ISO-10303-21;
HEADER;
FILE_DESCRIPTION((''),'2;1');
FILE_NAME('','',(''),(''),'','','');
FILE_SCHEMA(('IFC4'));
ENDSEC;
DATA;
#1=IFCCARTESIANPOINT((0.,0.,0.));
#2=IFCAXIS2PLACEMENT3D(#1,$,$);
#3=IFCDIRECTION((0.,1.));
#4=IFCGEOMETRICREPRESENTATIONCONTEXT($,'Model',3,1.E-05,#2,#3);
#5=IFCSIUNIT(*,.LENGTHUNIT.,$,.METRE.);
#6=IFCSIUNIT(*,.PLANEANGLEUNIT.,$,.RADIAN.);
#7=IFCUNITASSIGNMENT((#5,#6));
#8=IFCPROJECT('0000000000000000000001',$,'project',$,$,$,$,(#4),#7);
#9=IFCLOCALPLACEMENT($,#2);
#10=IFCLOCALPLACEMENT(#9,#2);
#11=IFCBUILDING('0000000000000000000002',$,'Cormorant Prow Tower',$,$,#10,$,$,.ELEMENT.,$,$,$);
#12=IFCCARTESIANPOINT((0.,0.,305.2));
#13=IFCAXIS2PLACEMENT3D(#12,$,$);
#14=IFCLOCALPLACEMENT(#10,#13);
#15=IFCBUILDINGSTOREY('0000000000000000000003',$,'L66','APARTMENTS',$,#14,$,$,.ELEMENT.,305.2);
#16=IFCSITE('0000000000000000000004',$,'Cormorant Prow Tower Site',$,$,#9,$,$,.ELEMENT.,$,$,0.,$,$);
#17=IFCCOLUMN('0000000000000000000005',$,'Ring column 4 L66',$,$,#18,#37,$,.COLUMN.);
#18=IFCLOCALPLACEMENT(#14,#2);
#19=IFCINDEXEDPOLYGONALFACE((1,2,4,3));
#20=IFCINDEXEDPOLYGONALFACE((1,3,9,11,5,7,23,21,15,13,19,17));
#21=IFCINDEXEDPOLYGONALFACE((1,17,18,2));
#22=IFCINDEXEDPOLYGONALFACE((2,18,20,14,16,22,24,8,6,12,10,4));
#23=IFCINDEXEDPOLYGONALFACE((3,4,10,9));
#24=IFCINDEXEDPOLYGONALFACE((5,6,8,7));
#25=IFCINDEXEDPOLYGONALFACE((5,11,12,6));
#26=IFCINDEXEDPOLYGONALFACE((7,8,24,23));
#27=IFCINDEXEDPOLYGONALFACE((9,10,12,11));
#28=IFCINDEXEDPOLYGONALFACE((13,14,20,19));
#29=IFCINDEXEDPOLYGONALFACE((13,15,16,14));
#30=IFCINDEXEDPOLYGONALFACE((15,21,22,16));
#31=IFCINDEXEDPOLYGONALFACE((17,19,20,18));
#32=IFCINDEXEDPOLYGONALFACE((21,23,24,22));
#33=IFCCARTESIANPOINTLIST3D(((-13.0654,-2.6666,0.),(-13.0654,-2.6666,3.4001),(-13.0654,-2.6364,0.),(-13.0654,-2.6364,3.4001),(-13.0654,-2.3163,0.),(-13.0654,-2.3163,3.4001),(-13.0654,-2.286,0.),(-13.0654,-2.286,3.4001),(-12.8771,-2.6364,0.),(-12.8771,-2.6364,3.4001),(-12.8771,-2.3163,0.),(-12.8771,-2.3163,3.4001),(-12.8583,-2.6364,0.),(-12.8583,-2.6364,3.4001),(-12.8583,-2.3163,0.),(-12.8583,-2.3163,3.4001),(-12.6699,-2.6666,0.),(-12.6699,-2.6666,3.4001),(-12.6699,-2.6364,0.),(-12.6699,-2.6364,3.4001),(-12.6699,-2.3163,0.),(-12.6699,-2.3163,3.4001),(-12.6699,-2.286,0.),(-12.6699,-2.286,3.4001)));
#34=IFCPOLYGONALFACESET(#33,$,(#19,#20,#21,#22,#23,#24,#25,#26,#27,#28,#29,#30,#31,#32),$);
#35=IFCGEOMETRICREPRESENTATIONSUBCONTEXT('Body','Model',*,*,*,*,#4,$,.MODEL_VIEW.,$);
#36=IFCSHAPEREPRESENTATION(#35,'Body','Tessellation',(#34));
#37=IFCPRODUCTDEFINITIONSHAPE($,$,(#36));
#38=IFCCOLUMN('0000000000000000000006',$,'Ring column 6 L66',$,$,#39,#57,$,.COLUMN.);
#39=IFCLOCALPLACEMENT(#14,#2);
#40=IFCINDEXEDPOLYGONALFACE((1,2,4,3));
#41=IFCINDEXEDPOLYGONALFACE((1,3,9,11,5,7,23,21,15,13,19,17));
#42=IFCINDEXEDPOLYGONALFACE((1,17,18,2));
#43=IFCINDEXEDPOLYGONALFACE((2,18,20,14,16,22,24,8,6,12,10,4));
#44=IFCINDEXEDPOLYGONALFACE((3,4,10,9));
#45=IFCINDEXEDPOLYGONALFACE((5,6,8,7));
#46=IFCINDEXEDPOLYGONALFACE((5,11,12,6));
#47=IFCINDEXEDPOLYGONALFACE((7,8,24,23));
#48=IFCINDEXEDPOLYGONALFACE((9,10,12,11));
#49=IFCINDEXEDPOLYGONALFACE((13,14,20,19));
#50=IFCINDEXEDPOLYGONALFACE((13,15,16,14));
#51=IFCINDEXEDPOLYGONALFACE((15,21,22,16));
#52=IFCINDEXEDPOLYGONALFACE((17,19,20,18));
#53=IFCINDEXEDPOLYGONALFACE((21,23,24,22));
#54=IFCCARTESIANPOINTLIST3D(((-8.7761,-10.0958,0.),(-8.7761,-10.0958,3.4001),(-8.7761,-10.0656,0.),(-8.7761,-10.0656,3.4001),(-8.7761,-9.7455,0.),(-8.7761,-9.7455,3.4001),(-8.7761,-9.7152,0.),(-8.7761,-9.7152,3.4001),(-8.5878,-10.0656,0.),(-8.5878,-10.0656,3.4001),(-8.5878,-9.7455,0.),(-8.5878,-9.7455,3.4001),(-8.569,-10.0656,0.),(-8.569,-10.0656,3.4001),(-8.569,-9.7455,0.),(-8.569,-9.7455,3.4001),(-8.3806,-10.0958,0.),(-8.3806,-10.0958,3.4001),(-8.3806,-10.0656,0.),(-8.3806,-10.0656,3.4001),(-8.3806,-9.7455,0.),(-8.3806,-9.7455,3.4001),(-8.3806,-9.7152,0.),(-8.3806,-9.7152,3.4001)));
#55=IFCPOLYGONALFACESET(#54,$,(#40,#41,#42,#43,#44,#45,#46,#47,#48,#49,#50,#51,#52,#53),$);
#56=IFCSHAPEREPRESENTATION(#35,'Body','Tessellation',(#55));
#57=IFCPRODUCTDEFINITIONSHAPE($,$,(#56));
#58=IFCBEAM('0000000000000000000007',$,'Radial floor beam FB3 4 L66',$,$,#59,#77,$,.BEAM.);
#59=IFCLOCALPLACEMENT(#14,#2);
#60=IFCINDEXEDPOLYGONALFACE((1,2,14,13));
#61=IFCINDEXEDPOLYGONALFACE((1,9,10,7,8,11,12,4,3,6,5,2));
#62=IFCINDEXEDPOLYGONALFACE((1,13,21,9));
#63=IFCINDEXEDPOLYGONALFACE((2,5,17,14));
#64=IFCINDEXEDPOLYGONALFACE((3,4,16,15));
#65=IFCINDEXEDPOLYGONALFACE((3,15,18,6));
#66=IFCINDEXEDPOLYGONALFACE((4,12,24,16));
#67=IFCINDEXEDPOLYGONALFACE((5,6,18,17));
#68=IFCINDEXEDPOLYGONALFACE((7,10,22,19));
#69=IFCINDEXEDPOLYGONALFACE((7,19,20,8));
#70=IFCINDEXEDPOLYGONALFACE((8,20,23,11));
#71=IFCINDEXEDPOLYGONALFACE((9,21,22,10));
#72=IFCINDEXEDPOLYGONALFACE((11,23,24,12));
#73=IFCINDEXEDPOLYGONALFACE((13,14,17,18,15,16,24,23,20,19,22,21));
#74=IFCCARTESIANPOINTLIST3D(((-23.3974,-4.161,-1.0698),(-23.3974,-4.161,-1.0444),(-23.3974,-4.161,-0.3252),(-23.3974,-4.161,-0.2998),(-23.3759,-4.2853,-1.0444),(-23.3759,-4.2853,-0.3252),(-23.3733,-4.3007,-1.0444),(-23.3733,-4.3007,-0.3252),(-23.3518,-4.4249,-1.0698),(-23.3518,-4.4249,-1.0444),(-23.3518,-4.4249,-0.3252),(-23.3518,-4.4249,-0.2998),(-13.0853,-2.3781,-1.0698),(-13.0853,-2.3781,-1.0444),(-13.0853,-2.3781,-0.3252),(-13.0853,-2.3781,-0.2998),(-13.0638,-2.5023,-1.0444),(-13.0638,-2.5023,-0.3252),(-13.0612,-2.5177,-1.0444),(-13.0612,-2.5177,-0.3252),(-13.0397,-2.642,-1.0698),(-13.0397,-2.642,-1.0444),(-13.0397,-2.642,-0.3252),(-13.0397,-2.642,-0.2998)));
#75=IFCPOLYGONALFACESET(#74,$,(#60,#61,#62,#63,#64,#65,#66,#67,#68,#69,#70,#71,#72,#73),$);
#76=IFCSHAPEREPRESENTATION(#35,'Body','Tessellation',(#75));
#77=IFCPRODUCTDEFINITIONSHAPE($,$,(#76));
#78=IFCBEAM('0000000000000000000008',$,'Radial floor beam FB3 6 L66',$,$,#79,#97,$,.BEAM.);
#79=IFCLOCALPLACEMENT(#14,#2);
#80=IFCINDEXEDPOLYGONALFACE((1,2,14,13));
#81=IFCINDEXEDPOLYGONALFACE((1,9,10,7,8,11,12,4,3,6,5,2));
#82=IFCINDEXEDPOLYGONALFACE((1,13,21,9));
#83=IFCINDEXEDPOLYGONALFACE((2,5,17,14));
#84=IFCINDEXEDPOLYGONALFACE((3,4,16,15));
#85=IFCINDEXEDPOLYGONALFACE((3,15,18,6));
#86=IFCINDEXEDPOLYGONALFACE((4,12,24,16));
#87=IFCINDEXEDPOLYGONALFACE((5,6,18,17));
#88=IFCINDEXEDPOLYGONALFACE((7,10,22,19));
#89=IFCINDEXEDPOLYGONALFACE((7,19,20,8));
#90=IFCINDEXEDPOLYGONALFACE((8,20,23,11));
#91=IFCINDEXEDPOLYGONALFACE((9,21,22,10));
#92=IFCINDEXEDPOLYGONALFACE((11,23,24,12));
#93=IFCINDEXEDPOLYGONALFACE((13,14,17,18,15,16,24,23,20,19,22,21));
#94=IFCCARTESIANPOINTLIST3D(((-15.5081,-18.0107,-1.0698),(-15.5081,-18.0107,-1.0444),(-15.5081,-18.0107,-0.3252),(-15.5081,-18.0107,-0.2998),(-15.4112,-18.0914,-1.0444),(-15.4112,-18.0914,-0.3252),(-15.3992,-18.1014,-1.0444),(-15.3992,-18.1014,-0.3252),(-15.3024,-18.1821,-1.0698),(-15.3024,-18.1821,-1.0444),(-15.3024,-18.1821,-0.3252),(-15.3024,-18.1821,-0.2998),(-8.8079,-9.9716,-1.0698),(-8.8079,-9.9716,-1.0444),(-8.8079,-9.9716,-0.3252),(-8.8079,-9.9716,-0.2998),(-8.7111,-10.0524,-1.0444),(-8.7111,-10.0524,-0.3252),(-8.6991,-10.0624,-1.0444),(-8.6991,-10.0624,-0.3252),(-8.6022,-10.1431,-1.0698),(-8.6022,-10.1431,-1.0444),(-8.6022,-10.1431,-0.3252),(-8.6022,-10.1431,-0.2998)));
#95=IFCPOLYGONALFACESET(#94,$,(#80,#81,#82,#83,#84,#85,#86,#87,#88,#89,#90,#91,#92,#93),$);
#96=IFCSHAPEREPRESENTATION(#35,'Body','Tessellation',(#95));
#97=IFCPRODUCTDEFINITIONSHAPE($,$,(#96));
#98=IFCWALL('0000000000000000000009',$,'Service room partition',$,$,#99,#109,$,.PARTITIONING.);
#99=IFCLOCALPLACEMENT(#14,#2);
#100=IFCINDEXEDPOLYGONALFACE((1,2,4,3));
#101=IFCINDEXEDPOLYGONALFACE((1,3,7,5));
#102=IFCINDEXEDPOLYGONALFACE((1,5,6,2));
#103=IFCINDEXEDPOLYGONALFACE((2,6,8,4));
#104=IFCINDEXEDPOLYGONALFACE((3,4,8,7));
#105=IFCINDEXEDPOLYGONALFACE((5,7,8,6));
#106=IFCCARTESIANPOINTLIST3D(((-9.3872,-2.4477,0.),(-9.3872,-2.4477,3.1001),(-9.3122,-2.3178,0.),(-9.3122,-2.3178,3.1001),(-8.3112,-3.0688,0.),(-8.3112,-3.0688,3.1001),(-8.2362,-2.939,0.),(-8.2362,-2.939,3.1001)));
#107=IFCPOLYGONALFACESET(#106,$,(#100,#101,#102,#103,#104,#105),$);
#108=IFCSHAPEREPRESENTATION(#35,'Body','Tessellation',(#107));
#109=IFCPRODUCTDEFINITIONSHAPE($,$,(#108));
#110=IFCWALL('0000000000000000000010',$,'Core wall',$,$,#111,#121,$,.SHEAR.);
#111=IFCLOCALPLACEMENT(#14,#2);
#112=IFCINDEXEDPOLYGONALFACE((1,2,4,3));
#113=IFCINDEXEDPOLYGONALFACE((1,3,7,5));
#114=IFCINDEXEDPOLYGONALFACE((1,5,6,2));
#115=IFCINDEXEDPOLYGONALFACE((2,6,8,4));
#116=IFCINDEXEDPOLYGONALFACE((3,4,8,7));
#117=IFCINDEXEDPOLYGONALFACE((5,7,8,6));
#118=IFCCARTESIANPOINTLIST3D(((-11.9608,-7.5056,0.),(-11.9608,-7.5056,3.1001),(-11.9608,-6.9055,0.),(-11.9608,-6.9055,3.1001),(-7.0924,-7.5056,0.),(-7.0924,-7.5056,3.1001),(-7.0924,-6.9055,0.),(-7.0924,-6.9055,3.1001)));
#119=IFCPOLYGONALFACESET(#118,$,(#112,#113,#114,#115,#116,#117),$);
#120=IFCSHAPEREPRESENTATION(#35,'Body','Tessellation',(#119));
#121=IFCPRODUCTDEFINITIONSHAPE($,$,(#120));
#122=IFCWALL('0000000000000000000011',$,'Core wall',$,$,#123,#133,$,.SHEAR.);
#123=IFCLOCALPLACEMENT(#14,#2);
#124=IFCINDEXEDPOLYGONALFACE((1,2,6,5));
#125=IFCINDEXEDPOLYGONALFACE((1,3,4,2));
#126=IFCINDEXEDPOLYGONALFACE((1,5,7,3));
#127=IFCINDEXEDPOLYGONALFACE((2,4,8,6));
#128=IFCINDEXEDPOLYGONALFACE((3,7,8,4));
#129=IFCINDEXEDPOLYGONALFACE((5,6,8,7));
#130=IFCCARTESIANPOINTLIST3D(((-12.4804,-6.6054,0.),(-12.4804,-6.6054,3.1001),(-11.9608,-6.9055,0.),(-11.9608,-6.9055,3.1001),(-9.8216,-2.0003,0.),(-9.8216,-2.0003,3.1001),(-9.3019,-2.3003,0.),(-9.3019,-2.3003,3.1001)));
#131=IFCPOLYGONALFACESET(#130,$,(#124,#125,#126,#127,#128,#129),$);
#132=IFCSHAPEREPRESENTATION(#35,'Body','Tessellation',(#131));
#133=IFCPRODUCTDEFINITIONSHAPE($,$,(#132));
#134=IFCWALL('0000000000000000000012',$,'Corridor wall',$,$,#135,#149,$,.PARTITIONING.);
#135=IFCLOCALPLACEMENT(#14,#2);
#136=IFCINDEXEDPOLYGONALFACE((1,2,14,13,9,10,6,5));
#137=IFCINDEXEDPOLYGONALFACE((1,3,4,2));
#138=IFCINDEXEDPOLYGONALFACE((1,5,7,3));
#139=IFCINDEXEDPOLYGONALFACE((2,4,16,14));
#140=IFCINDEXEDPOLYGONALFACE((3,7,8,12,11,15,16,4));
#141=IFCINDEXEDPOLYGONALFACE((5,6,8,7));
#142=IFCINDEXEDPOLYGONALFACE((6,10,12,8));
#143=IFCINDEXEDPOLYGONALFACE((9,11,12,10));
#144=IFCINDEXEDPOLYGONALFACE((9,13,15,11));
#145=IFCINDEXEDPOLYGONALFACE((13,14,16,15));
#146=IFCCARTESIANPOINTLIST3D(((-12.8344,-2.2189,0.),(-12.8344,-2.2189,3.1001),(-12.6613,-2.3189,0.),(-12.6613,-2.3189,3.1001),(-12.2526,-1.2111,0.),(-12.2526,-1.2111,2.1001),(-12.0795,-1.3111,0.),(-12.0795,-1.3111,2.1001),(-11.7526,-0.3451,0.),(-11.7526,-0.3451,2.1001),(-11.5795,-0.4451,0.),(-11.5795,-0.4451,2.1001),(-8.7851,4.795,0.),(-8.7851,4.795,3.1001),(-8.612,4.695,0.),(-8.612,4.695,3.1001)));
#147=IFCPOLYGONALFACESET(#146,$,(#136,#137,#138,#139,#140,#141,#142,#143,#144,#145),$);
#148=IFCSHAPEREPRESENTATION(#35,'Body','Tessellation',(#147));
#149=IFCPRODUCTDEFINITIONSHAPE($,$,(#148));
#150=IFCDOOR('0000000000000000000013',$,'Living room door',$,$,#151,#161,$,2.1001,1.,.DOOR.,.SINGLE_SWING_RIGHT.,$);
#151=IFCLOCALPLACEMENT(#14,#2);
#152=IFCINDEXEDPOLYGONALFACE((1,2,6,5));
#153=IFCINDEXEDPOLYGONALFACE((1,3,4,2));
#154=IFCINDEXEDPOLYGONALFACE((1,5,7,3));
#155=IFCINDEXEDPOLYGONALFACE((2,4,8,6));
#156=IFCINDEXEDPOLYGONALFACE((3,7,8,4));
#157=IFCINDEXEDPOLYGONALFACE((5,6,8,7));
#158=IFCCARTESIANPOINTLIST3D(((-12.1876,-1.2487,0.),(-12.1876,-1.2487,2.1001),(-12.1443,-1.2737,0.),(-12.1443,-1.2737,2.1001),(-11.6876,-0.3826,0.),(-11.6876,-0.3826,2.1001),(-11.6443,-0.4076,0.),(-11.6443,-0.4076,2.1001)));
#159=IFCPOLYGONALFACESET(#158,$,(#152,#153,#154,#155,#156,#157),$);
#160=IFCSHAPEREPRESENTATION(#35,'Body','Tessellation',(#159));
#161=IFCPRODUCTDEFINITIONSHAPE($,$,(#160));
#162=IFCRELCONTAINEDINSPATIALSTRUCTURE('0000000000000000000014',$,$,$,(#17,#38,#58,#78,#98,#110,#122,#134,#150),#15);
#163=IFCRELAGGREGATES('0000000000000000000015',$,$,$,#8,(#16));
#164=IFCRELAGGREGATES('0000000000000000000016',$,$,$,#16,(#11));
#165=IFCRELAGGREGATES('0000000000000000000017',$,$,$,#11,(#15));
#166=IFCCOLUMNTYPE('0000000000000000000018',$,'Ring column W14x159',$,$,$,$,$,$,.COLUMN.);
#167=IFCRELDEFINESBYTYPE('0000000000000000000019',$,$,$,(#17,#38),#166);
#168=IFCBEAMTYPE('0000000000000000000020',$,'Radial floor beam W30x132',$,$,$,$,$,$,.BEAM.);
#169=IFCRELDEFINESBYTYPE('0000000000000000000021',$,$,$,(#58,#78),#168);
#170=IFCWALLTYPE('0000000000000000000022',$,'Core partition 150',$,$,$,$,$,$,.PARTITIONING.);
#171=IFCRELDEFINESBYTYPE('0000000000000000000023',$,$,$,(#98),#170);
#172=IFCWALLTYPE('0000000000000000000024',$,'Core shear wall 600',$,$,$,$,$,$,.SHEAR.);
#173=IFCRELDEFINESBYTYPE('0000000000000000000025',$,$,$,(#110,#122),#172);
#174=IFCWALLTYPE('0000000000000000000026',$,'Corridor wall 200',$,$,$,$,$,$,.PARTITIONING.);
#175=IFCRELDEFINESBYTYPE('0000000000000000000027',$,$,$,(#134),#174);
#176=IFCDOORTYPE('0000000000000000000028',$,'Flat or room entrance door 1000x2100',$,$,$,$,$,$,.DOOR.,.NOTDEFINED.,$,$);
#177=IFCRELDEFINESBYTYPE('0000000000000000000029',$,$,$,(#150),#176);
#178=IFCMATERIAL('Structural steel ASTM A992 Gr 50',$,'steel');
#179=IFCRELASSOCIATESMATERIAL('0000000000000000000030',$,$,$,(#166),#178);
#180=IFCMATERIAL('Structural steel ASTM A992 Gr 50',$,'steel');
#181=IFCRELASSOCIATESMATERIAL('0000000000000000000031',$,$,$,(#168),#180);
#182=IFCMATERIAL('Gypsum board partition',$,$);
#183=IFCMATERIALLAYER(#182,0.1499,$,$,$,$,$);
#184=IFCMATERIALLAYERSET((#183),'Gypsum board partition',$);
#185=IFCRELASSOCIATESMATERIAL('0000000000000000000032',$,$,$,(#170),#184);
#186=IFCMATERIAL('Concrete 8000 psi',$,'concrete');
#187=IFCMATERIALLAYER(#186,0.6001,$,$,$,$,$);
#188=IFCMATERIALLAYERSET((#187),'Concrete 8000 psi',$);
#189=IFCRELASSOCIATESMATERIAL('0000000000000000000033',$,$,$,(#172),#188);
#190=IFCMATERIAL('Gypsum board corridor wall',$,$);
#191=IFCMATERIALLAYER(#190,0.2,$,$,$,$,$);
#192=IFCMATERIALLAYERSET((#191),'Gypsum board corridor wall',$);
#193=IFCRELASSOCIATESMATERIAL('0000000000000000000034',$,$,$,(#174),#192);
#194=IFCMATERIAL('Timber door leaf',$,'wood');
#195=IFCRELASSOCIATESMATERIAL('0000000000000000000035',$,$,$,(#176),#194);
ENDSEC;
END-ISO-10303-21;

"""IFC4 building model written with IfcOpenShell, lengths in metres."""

from ifc_helpers import new_model, si_unit, direction, frame, frame_2d, origin, origin_2d, place, context, subcontext, project, spatial, rectangle, i_section, extrude, material, layer, layer_set, material_profile, profile_set, type_object, element, fill, save


model = new_model("IFC4")

# Units and contexts
model_context = context("Model", 3, precision=1e-05, world=origin(), true_north=direction((0.0, 1.0)))
body_context = subcontext(model_context, "Body", "Model", "MODEL_VIEW")
ifc_project = project(units=[si_unit("LENGTHUNIT", "METRE"), si_unit("PLANEANGLEUNIT", "RADIAN")], contexts=[model_context])

# Site, building, storey
site_placement = place(None, origin())
site = spatial("IfcSite", under=ifc_project, at=site_placement, Name="Cormorant Prow Tower Site", CompositionType="ELEMENT", RefElevation=0.0)
building_placement = place(site_placement, origin())
building = spatial("IfcBuilding", under=site, at=building_placement, Name="Cormorant Prow Tower", CompositionType="ELEMENT")
storey_placement = place(building_placement, frame((0.0, 0.0, 305.2)))
storey = spatial("IfcBuildingStorey", under=building, at=storey_placement, Name="L66", Description="APARTMENTS", CompositionType="ELEMENT", Elevation=305.2)

# Columns
ifc_material_1 = material(Name="Structural steel ASTM A992 Gr 50", Category="steel")
ifc_material_profile_1 = material_profile(ifc_material_1, i_section(OverallWidth=0.3955, OverallDepth=0.3806, WebThickness=0.0188, FlangeThickness=0.0303, at=origin_2d()), Name="W14x159")
ifc_profile_set_1 = profile_set([ifc_material_profile_1], Name="Structural steel ASTM A992 Gr 50")
column_type = type_object("IfcColumnType", Name="Ring column W14x159", PredefinedType="COLUMN", material=ifc_profile_set_1)
for number, where, z_axis, x_axis, name in (
    (1, (-12.8677, -2.4763, 0.0), (0.0, 0.0, 1.0), (1.0, 0.0, 0.0), "Ring column 4 L66"),
    (2, (-8.5784, -9.9055, 0.0), (0.0, 0.0, 1.0), (1.0, 0.0, 0.0), "Ring column 6 L66"),
):
    element("IfcColumn", number, at=place(storey_placement, frame(where, z_axis=z_axis, x_axis=x_axis)), inside=storey, type_object=column_type, Name=name, PredefinedType="COLUMN", context=body_context, shape_type="SweptSolid", body=[
        extrude(i_section(OverallWidth=0.3955, OverallDepth=0.3806, WebThickness=0.0188, FlangeThickness=0.0303, at=origin_2d()), origin(), (0.0, 0.0, 1.0), 3.4001),
    ])

# Beams
ifc_material_2 = material(Name="Structural steel ASTM A992 Gr 50", Category="steel")
ifc_material_profile_2 = material_profile(ifc_material_2, i_section(OverallWidth=0.2678, OverallDepth=0.77, WebThickness=0.0156, FlangeThickness=0.0254, at=origin_2d()), Name="W30x132")
ifc_profile_set_2 = profile_set([ifc_material_profile_2], Name="Structural steel ASTM A992 Gr 50")
beam_type = type_object("IfcBeamType", Name="Radial floor beam W30x132", PredefinedType="BEAM", material=ifc_profile_set_2)
for number, where, z_axis, x_axis, name in (
    (3, (-13.0625, -2.51, -0.6848), (-0.98538, -0.170373, 0.0), (0.170373, -0.98538, 0.0), "Radial floor beam FB3 4 L66"),
    (4, (-8.7051, -10.0574, -0.6848), (-0.640239, -0.768175, 0.0), (0.768175, -0.640239, 0.0), "Radial floor beam FB3 6 L66"),
):
    element("IfcBeam", number, at=place(storey_placement, frame(where, z_axis=z_axis, x_axis=x_axis)), inside=storey, type_object=beam_type, Name=name, PredefinedType="BEAM", context=body_context, shape_type="SweptSolid", body=[
        extrude(i_section(OverallWidth=0.2678, OverallDepth=0.77, WebThickness=0.0156, FlangeThickness=0.0254, at=origin_2d()), origin(), (0.0, 0.0, 1.0), 10.4651),
    ])

# Walls
ifc_material_3 = material(Name="Gypsum board partition")
ifc_layer_1 = layer(ifc_material_3, 0.1499)
ifc_layer_set_1 = layer_set([ifc_layer_1], Name="Gypsum board partition")
wall_type_1 = type_object("IfcWallType", Name="Core partition 150", PredefinedType="PARTITIONING", material=ifc_layer_set_1)
wall_1_placement = place(storey_placement, frame((-9.3496, -2.3828, 0.0), z_axis=(0.0, 0.0, 1.0), x_axis=(0.866058, -0.499944, 0.0)))
element("IfcWall", 5, at=wall_1_placement, inside=storey, type_object=wall_type_1, Name="Service room partition", PredefinedType="PARTITIONING", context=body_context, shape_type="SweptSolid", body=[
    extrude(rectangle(XDim=1.2424, YDim=0.1499, at=frame_2d((0.6211, 0.0))), origin(), (0.0, 0.0, 1.0), 3.1001),
])
ifc_material_4 = material(Name="Concrete 8000 psi", Category="concrete")
ifc_layer_2 = layer(ifc_material_4, 0.6001)
ifc_layer_set_2 = layer_set([ifc_layer_2], Name="Concrete 8000 psi")
wall_type_2 = type_object("IfcWallType", Name="Core shear wall 600", PredefinedType="SHEAR", material=ifc_layer_set_2)
wall_2_placement = place(storey_placement, frame((-11.9607, -7.2056, 0.0), z_axis=(0.0, 0.0, 1.0), x_axis=(1.0, 0.0, 0.0)))
element("IfcWall", 6, at=wall_2_placement, inside=storey, type_object=wall_type_2, Name="Core wall", PredefinedType="SHEAR", context=body_context, shape_type="SweptSolid", body=[
    extrude(rectangle(XDim=4.8684, YDim=0.6001, at=frame_2d((2.4341, 0.0))), origin(), (0.0, 0.0, 1.0), 3.1001),
])
wall_3_placement = place(storey_placement, frame((-9.5618, -2.1504, 0.0), z_axis=(0.0, 0.0, 1.0), x_axis=(-0.500015, -0.866017, 0.0)))
element("IfcWall", 7, at=wall_3_placement, inside=storey, type_object=wall_type_2, Name="Core wall", PredefinedType="SHEAR", context=body_context, shape_type="SweptSolid", body=[
    extrude(rectangle(XDim=5.3176, YDim=0.6001, at=frame_2d((2.6587, 0.0))), origin(), (0.0, 0.0, 1.0), 3.1001),
])

# Wall, opening, door
ifc_material_5 = material(Name="Gypsum board corridor wall")
ifc_layer_3 = layer(ifc_material_5, 0.2)
ifc_layer_set_3 = layer_set([ifc_layer_3], Name="Gypsum board corridor wall")
wall_type_3 = type_object("IfcWallType", Name="Corridor wall 200", PredefinedType="PARTITIONING", material=ifc_layer_set_3)
wall_4_placement = place(storey_placement, frame((-12.7478, -2.2688, 0.0), z_axis=(0.0, 0.0, 1.0), x_axis=(0.499984, 0.866034, 0.0)))
wall_4 = element("IfcWall", 8, at=wall_4_placement, inside=storey, type_object=wall_type_3, Name="Corridor wall", PredefinedType="PARTITIONING", context=body_context, shape_type="SweptSolid", body=[
    extrude(rectangle(XDim=8.0989, YDim=0.2, at=frame_2d((4.0493, 0.0))), origin(), (0.0, 0.0, 1.0), 3.1001),
])
opening_1_placement = place(wall_4_placement, frame((1.1636, 0.0, 0.0)))
opening_1 = element("IfcOpeningElement", 9, at=opening_1_placement, cuts=wall_4, PredefinedType="OPENING", context=body_context, shape_type="SweptSolid", body=[
    extrude(rectangle(XDim=1.0, YDim=2.1001, at=frame_2d((0.5, 1.05))), frame((0.0, 0.1099, 0.0), z_axis=(0.0, -1.0, 0.0), x_axis=(1.0, 0.0, 0.0)), (0.0, 0.0, 1.0), 0.22),
])
ifc_material_6 = material(Name="Timber door leaf", Category="wood")
door_type = type_object("IfcDoorType", Name="Flat or room entrance door 1000x2100", OperationType="NOTDEFINED", PredefinedType="DOOR", material=ifc_material_6)
door_1_placement = place(opening_1_placement, origin())
door_1 = element("IfcDoor", 10, at=door_1_placement, inside=storey, type_object=door_type, Name="Living room door", OperationType="SINGLE_SWING_RIGHT", OverallHeight=2.1001, OverallWidth=1.0, PredefinedType="DOOR", context=body_context, shape_type="SweptSolid", body=[
    extrude(rectangle(XDim=1.0, YDim=2.1001, at=frame_2d((0.5, 1.05))), frame((0.0, 0.0249, 0.0), z_axis=(0.0, -1.0, 0.0), x_axis=(1.0, 0.0, 0.0)), (0.0, 0.0, 1.0), 0.05),
])
fill(opening_1, door_1)

save(model, "model.ifc")
